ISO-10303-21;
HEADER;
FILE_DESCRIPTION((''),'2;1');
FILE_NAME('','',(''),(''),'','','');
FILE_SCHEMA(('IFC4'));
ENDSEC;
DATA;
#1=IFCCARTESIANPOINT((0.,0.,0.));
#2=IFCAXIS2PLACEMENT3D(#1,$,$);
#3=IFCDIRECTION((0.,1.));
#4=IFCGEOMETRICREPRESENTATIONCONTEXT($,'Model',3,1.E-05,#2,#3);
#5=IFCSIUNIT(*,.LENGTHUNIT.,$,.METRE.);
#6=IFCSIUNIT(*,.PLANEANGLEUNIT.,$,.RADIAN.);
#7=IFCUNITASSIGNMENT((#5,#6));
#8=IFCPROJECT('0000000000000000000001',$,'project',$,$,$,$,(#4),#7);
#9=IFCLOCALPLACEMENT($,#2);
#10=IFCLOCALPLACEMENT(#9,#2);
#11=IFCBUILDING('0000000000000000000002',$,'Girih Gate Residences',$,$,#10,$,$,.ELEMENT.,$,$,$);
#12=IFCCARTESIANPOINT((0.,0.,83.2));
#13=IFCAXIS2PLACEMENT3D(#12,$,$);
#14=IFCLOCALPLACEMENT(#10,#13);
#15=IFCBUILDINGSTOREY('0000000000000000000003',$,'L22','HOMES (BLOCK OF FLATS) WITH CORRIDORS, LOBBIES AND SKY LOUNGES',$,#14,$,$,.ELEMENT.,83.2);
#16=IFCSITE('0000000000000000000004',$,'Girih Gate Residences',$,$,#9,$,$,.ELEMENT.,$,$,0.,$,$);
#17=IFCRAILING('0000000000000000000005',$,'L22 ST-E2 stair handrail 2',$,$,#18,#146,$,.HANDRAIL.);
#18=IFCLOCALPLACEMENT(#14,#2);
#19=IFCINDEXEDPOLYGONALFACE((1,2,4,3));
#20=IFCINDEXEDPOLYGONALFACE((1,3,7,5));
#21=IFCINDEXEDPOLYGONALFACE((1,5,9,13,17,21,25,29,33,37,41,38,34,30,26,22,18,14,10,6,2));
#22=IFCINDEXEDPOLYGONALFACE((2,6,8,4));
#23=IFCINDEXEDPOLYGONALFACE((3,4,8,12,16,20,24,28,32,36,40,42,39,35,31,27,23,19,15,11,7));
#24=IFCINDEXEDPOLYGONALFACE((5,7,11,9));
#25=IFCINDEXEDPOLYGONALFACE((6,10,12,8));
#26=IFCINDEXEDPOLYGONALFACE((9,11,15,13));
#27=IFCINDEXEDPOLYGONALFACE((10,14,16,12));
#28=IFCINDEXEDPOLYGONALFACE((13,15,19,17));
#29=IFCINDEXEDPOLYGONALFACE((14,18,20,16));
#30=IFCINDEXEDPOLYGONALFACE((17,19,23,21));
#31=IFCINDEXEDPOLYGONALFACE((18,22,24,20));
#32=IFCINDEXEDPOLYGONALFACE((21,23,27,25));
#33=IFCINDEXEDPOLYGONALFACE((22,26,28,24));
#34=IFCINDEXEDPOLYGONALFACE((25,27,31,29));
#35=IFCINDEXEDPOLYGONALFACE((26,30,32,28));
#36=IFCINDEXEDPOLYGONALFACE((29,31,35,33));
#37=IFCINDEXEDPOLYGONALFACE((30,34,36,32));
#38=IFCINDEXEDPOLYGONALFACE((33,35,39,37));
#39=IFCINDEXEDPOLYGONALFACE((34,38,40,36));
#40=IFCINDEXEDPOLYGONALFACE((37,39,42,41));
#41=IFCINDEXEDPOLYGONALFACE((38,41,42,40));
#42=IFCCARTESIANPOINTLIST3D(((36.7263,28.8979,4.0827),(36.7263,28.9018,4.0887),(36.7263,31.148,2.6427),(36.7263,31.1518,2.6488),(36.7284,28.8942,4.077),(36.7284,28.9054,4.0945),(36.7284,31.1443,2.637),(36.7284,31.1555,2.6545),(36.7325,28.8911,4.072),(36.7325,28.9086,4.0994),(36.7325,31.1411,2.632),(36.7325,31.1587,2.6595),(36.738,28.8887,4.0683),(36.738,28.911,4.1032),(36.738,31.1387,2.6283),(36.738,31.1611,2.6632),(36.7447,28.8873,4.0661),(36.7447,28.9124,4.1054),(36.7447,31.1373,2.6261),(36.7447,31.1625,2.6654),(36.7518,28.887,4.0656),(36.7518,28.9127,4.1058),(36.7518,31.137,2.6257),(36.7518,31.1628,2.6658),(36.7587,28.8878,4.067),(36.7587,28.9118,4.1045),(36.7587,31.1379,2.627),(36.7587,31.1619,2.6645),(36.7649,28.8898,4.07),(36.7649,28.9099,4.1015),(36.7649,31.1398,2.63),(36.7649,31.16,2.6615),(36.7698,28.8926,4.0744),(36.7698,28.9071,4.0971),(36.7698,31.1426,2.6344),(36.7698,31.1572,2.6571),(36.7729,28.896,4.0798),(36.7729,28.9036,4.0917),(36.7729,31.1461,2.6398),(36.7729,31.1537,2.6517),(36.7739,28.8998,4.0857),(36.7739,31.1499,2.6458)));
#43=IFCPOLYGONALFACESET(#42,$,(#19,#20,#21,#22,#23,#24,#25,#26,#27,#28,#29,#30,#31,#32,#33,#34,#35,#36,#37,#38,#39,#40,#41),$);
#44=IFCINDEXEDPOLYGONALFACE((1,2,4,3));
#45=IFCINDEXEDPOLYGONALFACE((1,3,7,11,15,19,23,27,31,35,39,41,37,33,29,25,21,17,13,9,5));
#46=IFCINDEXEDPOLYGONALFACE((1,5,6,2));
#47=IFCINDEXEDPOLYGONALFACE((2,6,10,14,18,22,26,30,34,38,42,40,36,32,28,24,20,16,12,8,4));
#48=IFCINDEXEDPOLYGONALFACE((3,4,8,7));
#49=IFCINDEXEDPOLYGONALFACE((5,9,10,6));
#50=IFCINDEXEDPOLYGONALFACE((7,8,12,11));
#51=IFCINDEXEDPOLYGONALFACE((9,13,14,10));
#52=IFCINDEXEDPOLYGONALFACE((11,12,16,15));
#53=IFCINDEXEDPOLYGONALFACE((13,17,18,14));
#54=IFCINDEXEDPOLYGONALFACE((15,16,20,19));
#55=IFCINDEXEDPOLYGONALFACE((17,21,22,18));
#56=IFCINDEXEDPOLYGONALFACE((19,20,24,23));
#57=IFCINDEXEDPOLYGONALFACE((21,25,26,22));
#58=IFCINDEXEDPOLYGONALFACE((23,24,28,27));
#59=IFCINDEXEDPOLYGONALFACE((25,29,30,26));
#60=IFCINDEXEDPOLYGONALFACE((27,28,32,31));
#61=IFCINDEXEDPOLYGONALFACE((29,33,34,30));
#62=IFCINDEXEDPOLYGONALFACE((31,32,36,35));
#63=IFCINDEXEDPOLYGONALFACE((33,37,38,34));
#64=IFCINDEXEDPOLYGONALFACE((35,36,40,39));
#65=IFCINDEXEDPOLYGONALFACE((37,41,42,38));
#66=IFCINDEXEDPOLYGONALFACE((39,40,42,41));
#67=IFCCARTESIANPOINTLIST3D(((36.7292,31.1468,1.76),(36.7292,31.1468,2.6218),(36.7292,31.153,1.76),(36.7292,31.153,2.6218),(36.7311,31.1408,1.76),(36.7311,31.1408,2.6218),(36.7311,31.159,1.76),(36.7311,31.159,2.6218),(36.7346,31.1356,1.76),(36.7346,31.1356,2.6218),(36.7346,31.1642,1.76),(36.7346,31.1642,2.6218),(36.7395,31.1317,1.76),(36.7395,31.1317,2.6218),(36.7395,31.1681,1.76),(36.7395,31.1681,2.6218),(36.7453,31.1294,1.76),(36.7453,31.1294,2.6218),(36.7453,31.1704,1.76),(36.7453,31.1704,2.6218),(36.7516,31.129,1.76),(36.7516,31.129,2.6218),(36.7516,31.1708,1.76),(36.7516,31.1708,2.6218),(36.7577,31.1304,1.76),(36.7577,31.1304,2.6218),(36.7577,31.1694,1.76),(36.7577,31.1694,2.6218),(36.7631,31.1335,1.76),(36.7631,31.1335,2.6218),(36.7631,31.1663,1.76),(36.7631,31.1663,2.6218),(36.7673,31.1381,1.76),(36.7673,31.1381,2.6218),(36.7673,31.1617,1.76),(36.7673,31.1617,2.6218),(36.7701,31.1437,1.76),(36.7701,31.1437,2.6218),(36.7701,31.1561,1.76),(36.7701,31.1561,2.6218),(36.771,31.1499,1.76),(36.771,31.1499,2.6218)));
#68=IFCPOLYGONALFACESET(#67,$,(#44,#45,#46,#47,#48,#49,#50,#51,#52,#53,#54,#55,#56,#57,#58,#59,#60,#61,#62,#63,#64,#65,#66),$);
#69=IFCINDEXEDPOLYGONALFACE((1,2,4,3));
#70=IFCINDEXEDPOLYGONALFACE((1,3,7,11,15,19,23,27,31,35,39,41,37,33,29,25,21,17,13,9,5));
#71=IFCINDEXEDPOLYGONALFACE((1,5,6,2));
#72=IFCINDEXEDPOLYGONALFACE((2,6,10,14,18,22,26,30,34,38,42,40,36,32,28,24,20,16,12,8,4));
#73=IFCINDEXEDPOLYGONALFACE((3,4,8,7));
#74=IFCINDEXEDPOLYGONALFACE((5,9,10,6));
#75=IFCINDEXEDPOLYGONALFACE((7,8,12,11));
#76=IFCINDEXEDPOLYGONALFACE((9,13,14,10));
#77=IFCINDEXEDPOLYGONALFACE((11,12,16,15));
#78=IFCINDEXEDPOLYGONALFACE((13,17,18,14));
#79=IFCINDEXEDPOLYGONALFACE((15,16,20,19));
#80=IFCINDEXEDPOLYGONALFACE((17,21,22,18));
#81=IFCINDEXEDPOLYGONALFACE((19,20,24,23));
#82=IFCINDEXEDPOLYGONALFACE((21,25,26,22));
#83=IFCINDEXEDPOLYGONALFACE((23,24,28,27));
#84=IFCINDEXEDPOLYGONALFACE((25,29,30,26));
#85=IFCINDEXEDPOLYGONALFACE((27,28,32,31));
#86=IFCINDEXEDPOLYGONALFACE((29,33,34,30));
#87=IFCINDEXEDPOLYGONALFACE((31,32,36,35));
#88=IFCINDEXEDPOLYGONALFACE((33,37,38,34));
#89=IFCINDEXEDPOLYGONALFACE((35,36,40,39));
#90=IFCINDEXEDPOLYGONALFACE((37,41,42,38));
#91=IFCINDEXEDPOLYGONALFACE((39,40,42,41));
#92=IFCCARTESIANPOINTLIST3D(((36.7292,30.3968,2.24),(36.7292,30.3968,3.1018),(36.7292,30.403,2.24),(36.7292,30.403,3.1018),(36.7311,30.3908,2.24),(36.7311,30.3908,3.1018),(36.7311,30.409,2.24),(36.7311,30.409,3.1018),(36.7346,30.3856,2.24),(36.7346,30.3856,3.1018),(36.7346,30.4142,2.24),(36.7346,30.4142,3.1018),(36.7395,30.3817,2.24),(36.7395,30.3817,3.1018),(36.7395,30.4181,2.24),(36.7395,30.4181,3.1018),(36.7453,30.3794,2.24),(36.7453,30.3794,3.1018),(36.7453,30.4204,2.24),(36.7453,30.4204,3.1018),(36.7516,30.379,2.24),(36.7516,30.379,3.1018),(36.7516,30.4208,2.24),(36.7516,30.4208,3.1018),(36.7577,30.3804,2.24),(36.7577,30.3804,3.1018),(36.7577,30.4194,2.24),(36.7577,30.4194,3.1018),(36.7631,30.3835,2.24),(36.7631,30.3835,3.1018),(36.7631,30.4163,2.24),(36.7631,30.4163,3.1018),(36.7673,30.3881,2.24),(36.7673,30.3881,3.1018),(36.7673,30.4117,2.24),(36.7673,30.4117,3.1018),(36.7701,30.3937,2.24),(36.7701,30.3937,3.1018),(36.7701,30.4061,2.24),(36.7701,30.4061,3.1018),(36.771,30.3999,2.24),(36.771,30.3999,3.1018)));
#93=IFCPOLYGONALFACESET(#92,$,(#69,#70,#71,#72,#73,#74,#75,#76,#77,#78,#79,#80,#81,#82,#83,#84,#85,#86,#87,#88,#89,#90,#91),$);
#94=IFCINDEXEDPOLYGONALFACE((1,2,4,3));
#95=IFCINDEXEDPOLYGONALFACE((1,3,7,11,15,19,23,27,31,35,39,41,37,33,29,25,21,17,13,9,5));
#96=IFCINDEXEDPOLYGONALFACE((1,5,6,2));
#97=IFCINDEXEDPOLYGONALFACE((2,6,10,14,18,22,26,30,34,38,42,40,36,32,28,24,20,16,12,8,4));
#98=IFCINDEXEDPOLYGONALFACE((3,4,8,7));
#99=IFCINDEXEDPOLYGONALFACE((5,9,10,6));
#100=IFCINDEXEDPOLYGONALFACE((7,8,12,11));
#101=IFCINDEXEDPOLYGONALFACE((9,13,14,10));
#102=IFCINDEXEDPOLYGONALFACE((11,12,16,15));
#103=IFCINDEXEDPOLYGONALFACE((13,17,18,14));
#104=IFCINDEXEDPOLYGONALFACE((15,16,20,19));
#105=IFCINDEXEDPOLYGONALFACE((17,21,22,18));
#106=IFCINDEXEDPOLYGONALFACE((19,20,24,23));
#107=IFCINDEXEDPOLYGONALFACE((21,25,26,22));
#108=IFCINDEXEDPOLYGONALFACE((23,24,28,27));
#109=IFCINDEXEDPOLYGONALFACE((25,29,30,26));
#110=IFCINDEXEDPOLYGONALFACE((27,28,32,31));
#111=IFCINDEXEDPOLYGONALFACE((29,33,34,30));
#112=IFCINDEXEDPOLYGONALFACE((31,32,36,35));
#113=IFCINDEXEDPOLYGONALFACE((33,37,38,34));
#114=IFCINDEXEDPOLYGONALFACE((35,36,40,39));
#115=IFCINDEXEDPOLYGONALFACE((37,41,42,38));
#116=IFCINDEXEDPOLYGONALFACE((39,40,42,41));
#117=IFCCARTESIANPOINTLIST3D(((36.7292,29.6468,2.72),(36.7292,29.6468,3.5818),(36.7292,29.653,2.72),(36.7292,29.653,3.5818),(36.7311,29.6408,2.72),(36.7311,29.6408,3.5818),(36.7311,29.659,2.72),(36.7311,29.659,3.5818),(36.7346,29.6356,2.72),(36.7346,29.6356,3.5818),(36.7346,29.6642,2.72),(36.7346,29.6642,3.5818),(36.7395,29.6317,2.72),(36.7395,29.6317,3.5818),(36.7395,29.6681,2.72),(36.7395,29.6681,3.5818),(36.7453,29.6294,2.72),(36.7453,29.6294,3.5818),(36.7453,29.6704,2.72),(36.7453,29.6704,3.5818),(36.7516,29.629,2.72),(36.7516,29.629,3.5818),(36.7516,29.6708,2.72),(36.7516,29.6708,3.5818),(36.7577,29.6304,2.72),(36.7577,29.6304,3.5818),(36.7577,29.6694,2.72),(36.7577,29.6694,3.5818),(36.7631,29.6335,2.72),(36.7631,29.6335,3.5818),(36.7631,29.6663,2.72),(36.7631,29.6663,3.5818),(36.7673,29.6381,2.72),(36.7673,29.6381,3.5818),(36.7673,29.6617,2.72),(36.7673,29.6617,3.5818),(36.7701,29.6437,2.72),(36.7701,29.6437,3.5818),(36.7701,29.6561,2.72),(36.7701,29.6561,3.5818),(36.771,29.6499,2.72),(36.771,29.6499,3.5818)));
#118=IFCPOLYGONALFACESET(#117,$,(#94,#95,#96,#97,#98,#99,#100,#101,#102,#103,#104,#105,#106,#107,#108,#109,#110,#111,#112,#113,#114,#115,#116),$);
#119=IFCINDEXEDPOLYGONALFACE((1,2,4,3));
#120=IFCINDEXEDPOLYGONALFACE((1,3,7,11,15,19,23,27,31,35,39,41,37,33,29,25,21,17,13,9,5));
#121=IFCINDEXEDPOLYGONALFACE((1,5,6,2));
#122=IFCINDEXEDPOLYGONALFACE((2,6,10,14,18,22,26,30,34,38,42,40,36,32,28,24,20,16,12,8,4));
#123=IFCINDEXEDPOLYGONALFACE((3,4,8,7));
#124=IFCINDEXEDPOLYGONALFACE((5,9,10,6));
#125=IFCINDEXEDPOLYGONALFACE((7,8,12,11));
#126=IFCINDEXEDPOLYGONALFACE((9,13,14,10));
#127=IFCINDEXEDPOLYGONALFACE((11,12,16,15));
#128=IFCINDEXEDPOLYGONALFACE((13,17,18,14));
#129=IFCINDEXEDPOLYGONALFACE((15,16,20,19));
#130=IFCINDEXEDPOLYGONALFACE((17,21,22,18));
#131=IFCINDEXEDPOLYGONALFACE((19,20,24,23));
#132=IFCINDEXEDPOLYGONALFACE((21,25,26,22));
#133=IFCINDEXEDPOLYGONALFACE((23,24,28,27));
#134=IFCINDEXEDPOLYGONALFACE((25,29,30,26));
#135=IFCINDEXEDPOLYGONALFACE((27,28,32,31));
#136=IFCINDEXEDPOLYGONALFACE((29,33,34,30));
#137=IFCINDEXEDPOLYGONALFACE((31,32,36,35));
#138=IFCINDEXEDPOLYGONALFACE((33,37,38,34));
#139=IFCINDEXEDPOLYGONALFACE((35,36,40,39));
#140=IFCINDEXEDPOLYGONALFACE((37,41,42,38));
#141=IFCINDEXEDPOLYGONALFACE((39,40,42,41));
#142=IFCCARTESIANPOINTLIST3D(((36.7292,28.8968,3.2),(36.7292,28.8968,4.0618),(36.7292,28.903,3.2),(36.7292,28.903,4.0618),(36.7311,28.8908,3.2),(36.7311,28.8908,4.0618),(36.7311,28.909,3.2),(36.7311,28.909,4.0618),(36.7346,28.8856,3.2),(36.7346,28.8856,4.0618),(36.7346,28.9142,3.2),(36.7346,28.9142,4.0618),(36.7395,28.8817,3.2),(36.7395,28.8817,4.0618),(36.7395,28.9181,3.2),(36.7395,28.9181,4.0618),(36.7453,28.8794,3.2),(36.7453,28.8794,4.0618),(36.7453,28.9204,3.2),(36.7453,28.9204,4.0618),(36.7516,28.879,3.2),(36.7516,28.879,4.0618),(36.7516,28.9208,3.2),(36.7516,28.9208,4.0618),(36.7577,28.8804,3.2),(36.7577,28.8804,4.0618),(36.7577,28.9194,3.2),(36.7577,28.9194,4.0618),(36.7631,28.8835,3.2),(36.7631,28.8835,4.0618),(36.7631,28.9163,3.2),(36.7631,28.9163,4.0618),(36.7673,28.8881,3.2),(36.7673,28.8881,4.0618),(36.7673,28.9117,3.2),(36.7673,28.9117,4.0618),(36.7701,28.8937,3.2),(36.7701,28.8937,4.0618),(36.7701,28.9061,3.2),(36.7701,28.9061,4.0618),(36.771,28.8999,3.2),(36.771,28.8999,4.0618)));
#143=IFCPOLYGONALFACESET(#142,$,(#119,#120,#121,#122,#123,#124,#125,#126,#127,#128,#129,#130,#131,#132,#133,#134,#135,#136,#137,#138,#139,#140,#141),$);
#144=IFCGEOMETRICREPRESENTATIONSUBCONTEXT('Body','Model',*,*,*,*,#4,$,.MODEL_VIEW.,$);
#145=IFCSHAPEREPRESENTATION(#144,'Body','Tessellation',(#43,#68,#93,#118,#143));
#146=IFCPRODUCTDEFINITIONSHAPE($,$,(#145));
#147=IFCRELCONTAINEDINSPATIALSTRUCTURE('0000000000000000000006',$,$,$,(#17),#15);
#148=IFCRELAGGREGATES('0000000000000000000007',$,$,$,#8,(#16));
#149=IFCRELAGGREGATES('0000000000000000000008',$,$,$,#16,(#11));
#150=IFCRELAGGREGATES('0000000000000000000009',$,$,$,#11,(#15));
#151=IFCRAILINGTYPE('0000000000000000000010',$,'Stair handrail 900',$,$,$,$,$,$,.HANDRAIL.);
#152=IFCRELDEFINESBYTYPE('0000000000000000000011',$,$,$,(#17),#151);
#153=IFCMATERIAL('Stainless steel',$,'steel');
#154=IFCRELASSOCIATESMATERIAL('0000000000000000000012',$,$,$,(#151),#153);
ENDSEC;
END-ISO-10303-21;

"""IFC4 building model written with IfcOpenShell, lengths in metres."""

from ifc_helpers import new_model, si_unit, direction, frame, origin, origin_2d, place, context, subcontext, project, spatial, circle, extrude, material, type_object, element, save


model = new_model("IFC4")

# Units and contexts
model_context = context("Model", 3, precision=1e-05, world=origin(), true_north=direction((0.0, 1.0)))
body_context = subcontext(model_context, "Body", "Model", "MODEL_VIEW")
ifc_project = project(units=[si_unit("LENGTHUNIT", "METRE"), si_unit("PLANEANGLEUNIT", "RADIAN")], contexts=[model_context])

# Site, building, storey
site_placement = place(None, origin())
site = spatial("IfcSite", under=ifc_project, at=site_placement, Name="Girih Gate Residences", CompositionType="ELEMENT", RefElevation=0.0)
building_placement = place(site_placement, origin())
building = spatial("IfcBuilding", under=site, at=building_placement, Name="Girih Gate Residences", CompositionType="ELEMENT")
storey_placement = place(building_placement, frame((0.0, 0.0, 83.2)))
storey = spatial("IfcBuildingStorey", under=building, at=storey_placement, Name="L22", Description="HOMES (BLOCK OF FLATS) WITH CORRIDORS, LOBBIES AND SKY LOUNGES", CompositionType="ELEMENT", Elevation=83.2)

# Shared definitions
ifc_material_1 = material(Name="Stainless steel", Category="steel")

# Railing
railing_type_1 = type_object("IfcRailingType", Name="Stair handrail 900", PredefinedType="HANDRAIL", material=ifc_material_1)
railing_1_placement = place(storey_placement, frame((36.75, 31.1499, 1.76)))
element("IfcRailing", 1, at=railing_1_placement, inside=storey, type_object=railing_type_1, Name="L22 ST-E2 stair handrail 2", PredefinedType="HANDRAIL", context=body_context, shape_type="SweptSolid", body=[
    extrude(circle(Radius=0.0239, at=origin_2d()), frame((0.0, 0.0, 0.8857), z_axis=(0.0, -0.842281, 0.539038), x_axis=(1.0, 0.0, 0.0)), (0.0, 0.0, 1.0), 2.6714),
    extrude(circle(Radius=0.021, at=origin_2d()), origin(), (0.0, 0.0, 1.0), 0.8618),
    extrude(circle(Radius=0.021, at=origin_2d()), frame((0.0, -0.75, 0.48)), (0.0, 0.0, 1.0), 0.8618),
    extrude(circle(Radius=0.021, at=origin_2d()), frame((0.0, -1.5, 0.96)), (0.0, 0.0, 1.0), 0.8618),
    extrude(circle(Radius=0.021, at=origin_2d()), frame((0.0, -2.25, 1.4399)), (0.0, 0.0, 1.0), 0.8618),
])

save(model, "model.ifc")
